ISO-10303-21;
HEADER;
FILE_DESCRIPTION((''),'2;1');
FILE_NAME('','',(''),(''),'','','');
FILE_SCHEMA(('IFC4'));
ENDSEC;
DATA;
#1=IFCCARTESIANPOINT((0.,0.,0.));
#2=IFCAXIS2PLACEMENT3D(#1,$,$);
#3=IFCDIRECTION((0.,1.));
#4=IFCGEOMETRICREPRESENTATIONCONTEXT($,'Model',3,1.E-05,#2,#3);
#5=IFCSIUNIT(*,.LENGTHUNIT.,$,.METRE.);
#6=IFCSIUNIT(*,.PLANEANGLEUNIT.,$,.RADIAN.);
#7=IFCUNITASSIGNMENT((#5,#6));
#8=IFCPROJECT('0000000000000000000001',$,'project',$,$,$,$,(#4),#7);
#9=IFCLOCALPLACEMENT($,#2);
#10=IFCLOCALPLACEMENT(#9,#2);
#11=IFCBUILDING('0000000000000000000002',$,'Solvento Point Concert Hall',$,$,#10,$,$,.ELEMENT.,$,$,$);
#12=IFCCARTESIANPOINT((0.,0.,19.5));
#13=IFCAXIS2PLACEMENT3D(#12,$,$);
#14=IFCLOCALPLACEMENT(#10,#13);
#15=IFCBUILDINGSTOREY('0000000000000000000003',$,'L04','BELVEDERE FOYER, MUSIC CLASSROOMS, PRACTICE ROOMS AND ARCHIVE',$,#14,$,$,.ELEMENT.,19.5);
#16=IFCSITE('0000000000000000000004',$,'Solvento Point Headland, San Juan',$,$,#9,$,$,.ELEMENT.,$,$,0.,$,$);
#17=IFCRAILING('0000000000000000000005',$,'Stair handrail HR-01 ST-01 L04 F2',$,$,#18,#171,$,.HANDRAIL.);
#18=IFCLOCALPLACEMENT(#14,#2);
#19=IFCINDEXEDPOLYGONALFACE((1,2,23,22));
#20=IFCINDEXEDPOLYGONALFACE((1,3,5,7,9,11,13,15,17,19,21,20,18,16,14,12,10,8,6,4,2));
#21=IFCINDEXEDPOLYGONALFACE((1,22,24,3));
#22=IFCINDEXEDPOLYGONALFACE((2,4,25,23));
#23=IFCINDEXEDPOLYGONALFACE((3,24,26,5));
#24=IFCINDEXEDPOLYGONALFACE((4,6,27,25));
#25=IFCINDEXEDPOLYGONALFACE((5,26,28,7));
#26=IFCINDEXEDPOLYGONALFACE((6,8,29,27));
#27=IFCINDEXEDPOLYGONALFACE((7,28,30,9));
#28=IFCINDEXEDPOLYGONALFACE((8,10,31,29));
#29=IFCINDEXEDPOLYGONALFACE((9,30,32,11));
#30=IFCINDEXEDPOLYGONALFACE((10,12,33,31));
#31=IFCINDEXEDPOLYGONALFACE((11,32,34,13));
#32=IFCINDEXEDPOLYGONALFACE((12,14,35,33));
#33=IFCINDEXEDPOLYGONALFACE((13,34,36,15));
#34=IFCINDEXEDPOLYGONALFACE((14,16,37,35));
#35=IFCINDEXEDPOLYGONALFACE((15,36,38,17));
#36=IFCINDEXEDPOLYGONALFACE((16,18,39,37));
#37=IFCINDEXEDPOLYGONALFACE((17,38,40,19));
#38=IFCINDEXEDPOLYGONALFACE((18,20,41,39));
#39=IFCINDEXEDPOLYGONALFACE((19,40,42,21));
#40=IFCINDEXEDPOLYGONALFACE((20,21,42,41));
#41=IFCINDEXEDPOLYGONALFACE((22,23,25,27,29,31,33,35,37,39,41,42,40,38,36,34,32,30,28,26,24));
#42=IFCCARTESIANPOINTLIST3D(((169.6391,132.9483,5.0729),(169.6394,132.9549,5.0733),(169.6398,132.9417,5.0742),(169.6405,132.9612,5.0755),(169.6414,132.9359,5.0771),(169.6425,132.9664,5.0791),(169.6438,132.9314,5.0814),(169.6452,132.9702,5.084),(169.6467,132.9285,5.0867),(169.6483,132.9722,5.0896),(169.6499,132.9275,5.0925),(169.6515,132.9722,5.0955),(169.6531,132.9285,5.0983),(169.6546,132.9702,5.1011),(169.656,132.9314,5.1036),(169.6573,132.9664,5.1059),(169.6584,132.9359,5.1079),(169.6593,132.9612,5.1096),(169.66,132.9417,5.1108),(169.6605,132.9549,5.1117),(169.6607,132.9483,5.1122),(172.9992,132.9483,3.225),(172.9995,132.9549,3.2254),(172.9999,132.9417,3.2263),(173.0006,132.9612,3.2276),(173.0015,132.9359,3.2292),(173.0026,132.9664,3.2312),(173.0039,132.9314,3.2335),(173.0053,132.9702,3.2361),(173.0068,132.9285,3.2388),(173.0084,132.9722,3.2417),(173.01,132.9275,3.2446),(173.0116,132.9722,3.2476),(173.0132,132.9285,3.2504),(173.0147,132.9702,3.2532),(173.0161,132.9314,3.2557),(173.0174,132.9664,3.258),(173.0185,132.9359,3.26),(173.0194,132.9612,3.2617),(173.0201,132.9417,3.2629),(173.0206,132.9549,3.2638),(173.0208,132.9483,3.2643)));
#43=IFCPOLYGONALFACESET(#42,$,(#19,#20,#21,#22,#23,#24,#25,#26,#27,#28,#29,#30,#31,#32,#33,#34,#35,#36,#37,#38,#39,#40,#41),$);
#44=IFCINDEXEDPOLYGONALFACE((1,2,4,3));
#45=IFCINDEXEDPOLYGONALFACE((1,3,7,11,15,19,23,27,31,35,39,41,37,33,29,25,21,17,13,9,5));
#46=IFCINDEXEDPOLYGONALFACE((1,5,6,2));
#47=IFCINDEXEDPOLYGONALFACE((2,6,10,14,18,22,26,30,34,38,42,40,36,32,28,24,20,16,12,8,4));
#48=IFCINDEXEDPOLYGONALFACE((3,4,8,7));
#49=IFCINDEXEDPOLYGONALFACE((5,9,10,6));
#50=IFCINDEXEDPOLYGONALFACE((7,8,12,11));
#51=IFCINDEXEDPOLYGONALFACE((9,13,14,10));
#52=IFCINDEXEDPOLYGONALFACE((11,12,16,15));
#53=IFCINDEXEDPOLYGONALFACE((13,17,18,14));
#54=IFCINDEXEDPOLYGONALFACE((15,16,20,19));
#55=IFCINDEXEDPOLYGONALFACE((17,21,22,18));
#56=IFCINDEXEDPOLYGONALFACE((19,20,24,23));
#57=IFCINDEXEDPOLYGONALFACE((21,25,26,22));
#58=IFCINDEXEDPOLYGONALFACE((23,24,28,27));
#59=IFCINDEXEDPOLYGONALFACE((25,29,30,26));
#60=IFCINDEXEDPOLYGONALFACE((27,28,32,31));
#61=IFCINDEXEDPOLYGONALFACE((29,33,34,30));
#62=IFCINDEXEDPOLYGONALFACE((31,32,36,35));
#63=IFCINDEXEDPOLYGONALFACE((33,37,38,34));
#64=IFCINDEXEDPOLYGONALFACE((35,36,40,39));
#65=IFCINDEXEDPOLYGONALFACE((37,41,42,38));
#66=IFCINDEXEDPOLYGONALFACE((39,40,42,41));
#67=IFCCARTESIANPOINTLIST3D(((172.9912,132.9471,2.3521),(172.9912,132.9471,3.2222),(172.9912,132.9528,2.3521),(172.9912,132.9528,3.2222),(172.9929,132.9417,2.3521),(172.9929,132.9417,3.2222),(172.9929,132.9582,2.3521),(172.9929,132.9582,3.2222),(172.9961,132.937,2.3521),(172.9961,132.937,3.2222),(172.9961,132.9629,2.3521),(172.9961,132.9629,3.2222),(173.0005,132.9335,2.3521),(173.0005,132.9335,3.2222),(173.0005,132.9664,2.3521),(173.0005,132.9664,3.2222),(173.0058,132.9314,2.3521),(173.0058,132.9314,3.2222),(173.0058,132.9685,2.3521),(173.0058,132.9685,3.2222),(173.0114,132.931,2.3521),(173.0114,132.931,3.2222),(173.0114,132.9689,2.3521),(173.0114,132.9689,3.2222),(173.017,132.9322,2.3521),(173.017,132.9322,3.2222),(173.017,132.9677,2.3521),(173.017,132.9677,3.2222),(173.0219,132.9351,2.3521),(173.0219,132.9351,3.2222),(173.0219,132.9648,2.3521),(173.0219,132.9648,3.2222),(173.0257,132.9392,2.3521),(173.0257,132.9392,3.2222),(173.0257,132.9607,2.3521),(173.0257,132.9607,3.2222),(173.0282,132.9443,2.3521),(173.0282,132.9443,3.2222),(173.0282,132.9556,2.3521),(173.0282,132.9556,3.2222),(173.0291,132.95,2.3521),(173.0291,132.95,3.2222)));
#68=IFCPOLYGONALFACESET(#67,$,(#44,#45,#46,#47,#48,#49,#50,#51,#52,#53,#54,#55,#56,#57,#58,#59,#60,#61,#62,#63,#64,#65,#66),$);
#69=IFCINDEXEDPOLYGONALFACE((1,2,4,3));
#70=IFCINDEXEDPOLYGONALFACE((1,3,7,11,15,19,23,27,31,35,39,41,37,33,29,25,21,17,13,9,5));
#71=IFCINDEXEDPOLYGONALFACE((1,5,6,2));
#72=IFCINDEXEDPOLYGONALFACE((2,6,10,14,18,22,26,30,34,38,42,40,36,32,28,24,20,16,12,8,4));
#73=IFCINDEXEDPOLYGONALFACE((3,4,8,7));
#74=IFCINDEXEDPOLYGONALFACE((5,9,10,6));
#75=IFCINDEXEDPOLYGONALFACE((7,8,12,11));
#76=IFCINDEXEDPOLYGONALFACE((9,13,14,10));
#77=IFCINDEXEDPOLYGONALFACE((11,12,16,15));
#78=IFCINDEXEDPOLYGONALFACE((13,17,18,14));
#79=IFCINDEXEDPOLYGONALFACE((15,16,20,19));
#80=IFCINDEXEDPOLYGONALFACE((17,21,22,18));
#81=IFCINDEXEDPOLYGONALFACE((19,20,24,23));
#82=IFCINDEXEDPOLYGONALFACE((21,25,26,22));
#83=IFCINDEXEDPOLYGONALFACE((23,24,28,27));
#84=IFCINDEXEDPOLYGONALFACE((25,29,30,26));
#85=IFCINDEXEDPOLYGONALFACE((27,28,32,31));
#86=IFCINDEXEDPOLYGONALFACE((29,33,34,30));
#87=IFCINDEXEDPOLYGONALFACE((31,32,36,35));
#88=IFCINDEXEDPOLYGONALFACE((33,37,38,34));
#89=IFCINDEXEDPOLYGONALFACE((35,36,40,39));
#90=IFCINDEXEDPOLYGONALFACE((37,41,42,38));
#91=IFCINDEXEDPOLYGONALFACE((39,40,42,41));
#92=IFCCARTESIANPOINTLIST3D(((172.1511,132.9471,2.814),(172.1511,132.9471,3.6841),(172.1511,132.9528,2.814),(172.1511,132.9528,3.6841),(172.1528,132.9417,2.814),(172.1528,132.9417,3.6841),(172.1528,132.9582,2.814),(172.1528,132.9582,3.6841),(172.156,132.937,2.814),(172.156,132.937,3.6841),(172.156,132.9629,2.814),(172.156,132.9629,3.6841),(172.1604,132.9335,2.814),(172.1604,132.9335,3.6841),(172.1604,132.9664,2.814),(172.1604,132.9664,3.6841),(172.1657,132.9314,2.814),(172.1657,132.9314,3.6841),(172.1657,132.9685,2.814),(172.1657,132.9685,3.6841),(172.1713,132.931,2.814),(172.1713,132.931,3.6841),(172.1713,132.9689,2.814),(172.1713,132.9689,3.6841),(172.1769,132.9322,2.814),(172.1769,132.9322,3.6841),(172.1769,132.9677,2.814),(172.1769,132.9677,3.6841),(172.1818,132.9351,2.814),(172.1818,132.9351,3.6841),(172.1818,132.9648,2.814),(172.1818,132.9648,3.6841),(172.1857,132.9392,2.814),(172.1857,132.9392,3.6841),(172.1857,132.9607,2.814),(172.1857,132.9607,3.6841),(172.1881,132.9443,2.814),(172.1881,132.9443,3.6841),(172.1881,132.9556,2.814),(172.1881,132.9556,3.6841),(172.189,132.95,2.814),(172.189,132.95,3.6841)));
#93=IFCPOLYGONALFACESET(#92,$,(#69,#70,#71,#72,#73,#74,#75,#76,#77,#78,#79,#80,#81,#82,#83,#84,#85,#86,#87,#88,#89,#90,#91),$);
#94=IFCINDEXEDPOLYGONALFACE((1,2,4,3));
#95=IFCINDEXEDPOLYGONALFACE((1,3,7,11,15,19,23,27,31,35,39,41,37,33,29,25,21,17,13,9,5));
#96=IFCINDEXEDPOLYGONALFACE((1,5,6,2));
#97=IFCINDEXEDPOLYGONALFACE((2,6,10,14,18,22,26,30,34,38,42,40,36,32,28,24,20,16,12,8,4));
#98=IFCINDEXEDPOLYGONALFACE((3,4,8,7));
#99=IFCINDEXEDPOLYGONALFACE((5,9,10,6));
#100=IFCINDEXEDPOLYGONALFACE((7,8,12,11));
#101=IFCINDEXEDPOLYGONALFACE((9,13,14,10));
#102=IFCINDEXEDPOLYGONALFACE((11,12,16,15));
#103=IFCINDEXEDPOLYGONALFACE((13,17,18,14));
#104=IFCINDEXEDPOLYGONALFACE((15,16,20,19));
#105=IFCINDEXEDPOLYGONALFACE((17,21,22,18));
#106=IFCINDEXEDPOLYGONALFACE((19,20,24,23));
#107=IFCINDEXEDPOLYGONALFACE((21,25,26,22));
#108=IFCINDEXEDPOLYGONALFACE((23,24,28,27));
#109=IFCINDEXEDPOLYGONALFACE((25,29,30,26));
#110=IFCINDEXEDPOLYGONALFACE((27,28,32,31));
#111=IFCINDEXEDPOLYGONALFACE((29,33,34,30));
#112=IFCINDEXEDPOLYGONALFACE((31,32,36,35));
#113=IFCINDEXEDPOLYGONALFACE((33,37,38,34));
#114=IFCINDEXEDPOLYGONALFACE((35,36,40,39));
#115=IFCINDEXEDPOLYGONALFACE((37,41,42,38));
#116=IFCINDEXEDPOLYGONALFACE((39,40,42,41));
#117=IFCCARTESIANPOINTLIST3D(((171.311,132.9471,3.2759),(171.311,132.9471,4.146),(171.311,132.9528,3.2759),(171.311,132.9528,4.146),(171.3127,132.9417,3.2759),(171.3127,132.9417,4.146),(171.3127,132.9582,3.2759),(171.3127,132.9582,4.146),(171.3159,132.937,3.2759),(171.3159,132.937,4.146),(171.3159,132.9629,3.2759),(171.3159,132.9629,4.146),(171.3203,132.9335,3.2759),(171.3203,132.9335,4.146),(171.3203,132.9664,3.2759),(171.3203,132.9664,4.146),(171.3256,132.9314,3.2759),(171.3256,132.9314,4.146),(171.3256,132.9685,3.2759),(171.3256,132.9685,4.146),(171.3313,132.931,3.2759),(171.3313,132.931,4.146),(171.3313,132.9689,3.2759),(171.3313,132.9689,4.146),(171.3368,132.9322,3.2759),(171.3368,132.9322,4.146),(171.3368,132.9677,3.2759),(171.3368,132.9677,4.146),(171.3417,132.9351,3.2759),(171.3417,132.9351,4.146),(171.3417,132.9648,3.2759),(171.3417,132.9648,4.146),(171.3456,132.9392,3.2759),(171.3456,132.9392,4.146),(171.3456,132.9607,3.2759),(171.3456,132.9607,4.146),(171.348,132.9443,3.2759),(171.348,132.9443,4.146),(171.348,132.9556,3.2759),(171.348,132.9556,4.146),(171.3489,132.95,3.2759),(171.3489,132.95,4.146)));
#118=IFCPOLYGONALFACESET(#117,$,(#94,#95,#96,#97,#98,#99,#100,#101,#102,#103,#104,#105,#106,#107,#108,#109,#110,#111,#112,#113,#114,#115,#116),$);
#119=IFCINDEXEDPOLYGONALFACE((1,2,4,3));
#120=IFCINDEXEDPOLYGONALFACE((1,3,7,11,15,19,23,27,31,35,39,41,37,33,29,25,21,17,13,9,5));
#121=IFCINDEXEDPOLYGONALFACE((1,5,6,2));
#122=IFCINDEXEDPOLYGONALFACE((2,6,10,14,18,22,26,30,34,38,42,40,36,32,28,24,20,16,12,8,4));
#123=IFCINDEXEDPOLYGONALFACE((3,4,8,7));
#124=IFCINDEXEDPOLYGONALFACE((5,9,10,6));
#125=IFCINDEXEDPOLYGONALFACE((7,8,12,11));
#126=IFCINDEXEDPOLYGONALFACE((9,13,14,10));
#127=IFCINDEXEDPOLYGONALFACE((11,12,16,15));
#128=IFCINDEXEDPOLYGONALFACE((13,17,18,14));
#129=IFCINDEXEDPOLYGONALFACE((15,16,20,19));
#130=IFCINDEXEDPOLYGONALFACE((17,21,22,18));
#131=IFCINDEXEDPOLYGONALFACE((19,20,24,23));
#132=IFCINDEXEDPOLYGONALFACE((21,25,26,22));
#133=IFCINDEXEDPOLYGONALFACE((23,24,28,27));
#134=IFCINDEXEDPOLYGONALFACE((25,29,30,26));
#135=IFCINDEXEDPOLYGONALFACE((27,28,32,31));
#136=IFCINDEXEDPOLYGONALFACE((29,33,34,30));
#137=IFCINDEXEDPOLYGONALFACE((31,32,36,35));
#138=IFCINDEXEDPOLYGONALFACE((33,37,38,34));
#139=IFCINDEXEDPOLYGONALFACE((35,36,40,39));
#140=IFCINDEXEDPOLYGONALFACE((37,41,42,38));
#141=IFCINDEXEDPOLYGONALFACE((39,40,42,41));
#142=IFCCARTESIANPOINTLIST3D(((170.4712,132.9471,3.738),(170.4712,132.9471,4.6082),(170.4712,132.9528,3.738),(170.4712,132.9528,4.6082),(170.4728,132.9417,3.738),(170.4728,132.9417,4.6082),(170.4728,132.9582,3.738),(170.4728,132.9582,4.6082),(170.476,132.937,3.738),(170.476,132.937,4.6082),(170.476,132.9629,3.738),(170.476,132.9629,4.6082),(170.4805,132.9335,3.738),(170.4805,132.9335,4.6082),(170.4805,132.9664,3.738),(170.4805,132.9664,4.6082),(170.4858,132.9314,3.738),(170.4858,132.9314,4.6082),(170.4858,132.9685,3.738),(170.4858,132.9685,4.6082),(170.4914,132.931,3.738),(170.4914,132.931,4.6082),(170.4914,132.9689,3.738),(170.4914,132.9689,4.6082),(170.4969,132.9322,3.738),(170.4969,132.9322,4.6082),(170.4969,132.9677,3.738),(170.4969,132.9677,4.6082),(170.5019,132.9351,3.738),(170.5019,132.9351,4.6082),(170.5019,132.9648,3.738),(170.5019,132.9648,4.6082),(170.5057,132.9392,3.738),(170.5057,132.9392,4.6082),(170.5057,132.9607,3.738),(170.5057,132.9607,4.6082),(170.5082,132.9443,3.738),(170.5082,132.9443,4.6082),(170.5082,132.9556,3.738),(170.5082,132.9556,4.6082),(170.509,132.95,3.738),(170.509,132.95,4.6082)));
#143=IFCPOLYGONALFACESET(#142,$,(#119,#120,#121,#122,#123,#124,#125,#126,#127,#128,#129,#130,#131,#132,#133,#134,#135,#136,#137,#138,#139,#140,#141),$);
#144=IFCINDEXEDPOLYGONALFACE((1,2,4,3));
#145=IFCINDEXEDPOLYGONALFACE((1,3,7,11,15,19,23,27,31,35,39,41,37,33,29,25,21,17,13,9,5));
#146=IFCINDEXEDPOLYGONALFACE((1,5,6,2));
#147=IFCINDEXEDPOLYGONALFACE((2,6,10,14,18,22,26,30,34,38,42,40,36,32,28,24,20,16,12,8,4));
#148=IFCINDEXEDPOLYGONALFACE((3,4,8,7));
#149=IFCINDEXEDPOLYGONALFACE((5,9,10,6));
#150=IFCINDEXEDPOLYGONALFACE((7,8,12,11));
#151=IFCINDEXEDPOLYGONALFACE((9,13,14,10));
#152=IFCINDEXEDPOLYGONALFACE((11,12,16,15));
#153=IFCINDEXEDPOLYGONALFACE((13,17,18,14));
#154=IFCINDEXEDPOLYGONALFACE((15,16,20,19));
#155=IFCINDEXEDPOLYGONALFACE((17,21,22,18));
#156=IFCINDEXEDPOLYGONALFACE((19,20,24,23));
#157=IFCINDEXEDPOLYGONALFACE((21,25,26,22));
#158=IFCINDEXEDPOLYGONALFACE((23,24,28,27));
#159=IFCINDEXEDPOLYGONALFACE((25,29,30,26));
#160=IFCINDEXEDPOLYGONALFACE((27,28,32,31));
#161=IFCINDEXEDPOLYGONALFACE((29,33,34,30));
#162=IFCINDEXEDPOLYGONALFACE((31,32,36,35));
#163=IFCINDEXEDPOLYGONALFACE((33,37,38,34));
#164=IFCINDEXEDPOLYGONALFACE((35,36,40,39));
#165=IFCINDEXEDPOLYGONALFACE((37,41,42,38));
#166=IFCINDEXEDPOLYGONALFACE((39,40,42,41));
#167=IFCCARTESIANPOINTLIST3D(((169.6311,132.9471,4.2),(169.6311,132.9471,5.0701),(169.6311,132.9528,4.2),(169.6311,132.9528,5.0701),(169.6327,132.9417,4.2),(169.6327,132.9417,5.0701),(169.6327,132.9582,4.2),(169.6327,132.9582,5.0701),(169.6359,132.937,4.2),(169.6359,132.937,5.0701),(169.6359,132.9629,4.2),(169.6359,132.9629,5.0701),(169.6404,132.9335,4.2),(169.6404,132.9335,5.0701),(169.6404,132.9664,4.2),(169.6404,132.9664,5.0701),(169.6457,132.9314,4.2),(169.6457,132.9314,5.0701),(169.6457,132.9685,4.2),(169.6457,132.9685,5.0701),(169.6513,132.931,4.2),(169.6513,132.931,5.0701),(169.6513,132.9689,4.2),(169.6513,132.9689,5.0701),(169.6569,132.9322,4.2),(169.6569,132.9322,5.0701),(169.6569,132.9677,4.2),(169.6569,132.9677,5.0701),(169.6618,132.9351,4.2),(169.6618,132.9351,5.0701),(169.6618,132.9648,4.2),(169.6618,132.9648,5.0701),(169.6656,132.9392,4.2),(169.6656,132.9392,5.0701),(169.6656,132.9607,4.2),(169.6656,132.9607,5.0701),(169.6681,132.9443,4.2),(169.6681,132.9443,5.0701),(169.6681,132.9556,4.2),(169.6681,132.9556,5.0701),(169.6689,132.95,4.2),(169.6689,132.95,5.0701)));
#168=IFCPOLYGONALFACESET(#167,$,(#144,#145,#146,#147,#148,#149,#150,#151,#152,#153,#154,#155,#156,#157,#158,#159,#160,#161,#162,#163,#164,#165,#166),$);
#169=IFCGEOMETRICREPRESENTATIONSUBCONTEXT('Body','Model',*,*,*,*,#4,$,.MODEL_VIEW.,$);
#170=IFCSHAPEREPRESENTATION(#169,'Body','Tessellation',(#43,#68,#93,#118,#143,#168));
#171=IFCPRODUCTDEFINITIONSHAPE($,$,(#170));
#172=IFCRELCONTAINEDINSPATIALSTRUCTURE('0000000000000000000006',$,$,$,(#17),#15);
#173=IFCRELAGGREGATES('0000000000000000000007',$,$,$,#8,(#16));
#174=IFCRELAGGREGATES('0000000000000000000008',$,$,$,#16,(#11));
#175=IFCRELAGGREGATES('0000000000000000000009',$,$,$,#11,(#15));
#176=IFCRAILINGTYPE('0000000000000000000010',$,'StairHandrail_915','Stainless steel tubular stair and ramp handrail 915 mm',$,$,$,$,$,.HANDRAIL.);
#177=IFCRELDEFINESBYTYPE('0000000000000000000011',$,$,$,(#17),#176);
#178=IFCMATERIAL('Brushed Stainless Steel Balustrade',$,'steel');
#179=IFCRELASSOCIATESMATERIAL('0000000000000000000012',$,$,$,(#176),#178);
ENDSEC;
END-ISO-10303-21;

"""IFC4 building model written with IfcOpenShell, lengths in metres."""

from ifc_helpers import new_model, si_unit, direction, frame, origin, origin_2d, place, context, subcontext, project, spatial, circle, extrude, material, type_object, element, save


model = new_model("IFC4")

# Units and contexts
model_context = context("Model", 3, precision=1e-05, world=origin(), true_north=direction((0.0, 1.0)))
body_context = subcontext(model_context, "Body", "Model", "MODEL_VIEW")
ifc_project = project(units=[si_unit("LENGTHUNIT", "METRE"), si_unit("PLANEANGLEUNIT", "RADIAN")], contexts=[model_context])

# Site, building, storey
site_placement = place(None, origin())
site = spatial("IfcSite", under=ifc_project, at=site_placement, Name="Solvento Point Headland, San Juan", CompositionType="ELEMENT", RefElevation=0.0)
building_placement = place(site_placement, origin())
building = spatial("IfcBuilding", under=site, at=building_placement, Name="Solvento Point Concert Hall", CompositionType="ELEMENT")
storey_placement = place(building_placement, frame((0.0, 0.0, 19.5)))
storey = spatial("IfcBuildingStorey", under=building, at=storey_placement, Name="L04", Description="BELVEDERE FOYER, MUSIC CLASSROOMS, PRACTICE ROOMS AND ARCHIVE", CompositionType="ELEMENT", Elevation=19.5)

# Railing
ifc_material_1 = material(Name="Brushed Stainless Steel Balustrade", Category="steel")
railing_type_1 = type_object("IfcRailingType", Name="StairHandrail_915", Description="Stainless steel tubular stair and ramp handrail 915 mm", PredefinedType="HANDRAIL", material=ifc_material_1)
railing_1_placement = place(storey_placement, frame((173.01, 132.95, 2.3521)))
element("IfcRailing", 1, at=railing_1_placement, inside=storey, type_object=railing_type_1, Name="Stair handrail HR-01 ST-01 L04 F2", PredefinedType="HANDRAIL", context=body_context, shape_type="SweptSolid", body=[
    extrude(circle(Radius=0.0225, at=origin_2d()), frame((0.0, 0.0, 0.8926), z_axis=(-0.876233, 0.0, 0.481887), x_axis=(0.0, -1.0, 0.0)), (0.0, 0.0, 1.0), 3.8347),
    extrude(circle(Radius=0.019, at=origin_2d()), origin(), (0.0, 0.0, 1.0), 0.8701),
    extrude(circle(Radius=0.019, at=origin_2d()), frame((-0.8401, 0.0, 0.4619)), (0.0, 0.0, 1.0), 0.8701),
    extrude(circle(Radius=0.019, at=origin_2d()), frame((-1.6802, 0.0, 0.9238)), (0.0, 0.0, 1.0), 0.8701),
    extrude(circle(Radius=0.019, at=origin_2d()), frame((-2.52, 0.0, 1.386)), (0.0, 0.0, 1.0), 0.8701),
    extrude(circle(Radius=0.019, at=origin_2d()), frame((-3.3601, 0.0, 1.8479)), (0.0, 0.0, 1.0), 0.8701),
])

save(model, "model.ifc")
